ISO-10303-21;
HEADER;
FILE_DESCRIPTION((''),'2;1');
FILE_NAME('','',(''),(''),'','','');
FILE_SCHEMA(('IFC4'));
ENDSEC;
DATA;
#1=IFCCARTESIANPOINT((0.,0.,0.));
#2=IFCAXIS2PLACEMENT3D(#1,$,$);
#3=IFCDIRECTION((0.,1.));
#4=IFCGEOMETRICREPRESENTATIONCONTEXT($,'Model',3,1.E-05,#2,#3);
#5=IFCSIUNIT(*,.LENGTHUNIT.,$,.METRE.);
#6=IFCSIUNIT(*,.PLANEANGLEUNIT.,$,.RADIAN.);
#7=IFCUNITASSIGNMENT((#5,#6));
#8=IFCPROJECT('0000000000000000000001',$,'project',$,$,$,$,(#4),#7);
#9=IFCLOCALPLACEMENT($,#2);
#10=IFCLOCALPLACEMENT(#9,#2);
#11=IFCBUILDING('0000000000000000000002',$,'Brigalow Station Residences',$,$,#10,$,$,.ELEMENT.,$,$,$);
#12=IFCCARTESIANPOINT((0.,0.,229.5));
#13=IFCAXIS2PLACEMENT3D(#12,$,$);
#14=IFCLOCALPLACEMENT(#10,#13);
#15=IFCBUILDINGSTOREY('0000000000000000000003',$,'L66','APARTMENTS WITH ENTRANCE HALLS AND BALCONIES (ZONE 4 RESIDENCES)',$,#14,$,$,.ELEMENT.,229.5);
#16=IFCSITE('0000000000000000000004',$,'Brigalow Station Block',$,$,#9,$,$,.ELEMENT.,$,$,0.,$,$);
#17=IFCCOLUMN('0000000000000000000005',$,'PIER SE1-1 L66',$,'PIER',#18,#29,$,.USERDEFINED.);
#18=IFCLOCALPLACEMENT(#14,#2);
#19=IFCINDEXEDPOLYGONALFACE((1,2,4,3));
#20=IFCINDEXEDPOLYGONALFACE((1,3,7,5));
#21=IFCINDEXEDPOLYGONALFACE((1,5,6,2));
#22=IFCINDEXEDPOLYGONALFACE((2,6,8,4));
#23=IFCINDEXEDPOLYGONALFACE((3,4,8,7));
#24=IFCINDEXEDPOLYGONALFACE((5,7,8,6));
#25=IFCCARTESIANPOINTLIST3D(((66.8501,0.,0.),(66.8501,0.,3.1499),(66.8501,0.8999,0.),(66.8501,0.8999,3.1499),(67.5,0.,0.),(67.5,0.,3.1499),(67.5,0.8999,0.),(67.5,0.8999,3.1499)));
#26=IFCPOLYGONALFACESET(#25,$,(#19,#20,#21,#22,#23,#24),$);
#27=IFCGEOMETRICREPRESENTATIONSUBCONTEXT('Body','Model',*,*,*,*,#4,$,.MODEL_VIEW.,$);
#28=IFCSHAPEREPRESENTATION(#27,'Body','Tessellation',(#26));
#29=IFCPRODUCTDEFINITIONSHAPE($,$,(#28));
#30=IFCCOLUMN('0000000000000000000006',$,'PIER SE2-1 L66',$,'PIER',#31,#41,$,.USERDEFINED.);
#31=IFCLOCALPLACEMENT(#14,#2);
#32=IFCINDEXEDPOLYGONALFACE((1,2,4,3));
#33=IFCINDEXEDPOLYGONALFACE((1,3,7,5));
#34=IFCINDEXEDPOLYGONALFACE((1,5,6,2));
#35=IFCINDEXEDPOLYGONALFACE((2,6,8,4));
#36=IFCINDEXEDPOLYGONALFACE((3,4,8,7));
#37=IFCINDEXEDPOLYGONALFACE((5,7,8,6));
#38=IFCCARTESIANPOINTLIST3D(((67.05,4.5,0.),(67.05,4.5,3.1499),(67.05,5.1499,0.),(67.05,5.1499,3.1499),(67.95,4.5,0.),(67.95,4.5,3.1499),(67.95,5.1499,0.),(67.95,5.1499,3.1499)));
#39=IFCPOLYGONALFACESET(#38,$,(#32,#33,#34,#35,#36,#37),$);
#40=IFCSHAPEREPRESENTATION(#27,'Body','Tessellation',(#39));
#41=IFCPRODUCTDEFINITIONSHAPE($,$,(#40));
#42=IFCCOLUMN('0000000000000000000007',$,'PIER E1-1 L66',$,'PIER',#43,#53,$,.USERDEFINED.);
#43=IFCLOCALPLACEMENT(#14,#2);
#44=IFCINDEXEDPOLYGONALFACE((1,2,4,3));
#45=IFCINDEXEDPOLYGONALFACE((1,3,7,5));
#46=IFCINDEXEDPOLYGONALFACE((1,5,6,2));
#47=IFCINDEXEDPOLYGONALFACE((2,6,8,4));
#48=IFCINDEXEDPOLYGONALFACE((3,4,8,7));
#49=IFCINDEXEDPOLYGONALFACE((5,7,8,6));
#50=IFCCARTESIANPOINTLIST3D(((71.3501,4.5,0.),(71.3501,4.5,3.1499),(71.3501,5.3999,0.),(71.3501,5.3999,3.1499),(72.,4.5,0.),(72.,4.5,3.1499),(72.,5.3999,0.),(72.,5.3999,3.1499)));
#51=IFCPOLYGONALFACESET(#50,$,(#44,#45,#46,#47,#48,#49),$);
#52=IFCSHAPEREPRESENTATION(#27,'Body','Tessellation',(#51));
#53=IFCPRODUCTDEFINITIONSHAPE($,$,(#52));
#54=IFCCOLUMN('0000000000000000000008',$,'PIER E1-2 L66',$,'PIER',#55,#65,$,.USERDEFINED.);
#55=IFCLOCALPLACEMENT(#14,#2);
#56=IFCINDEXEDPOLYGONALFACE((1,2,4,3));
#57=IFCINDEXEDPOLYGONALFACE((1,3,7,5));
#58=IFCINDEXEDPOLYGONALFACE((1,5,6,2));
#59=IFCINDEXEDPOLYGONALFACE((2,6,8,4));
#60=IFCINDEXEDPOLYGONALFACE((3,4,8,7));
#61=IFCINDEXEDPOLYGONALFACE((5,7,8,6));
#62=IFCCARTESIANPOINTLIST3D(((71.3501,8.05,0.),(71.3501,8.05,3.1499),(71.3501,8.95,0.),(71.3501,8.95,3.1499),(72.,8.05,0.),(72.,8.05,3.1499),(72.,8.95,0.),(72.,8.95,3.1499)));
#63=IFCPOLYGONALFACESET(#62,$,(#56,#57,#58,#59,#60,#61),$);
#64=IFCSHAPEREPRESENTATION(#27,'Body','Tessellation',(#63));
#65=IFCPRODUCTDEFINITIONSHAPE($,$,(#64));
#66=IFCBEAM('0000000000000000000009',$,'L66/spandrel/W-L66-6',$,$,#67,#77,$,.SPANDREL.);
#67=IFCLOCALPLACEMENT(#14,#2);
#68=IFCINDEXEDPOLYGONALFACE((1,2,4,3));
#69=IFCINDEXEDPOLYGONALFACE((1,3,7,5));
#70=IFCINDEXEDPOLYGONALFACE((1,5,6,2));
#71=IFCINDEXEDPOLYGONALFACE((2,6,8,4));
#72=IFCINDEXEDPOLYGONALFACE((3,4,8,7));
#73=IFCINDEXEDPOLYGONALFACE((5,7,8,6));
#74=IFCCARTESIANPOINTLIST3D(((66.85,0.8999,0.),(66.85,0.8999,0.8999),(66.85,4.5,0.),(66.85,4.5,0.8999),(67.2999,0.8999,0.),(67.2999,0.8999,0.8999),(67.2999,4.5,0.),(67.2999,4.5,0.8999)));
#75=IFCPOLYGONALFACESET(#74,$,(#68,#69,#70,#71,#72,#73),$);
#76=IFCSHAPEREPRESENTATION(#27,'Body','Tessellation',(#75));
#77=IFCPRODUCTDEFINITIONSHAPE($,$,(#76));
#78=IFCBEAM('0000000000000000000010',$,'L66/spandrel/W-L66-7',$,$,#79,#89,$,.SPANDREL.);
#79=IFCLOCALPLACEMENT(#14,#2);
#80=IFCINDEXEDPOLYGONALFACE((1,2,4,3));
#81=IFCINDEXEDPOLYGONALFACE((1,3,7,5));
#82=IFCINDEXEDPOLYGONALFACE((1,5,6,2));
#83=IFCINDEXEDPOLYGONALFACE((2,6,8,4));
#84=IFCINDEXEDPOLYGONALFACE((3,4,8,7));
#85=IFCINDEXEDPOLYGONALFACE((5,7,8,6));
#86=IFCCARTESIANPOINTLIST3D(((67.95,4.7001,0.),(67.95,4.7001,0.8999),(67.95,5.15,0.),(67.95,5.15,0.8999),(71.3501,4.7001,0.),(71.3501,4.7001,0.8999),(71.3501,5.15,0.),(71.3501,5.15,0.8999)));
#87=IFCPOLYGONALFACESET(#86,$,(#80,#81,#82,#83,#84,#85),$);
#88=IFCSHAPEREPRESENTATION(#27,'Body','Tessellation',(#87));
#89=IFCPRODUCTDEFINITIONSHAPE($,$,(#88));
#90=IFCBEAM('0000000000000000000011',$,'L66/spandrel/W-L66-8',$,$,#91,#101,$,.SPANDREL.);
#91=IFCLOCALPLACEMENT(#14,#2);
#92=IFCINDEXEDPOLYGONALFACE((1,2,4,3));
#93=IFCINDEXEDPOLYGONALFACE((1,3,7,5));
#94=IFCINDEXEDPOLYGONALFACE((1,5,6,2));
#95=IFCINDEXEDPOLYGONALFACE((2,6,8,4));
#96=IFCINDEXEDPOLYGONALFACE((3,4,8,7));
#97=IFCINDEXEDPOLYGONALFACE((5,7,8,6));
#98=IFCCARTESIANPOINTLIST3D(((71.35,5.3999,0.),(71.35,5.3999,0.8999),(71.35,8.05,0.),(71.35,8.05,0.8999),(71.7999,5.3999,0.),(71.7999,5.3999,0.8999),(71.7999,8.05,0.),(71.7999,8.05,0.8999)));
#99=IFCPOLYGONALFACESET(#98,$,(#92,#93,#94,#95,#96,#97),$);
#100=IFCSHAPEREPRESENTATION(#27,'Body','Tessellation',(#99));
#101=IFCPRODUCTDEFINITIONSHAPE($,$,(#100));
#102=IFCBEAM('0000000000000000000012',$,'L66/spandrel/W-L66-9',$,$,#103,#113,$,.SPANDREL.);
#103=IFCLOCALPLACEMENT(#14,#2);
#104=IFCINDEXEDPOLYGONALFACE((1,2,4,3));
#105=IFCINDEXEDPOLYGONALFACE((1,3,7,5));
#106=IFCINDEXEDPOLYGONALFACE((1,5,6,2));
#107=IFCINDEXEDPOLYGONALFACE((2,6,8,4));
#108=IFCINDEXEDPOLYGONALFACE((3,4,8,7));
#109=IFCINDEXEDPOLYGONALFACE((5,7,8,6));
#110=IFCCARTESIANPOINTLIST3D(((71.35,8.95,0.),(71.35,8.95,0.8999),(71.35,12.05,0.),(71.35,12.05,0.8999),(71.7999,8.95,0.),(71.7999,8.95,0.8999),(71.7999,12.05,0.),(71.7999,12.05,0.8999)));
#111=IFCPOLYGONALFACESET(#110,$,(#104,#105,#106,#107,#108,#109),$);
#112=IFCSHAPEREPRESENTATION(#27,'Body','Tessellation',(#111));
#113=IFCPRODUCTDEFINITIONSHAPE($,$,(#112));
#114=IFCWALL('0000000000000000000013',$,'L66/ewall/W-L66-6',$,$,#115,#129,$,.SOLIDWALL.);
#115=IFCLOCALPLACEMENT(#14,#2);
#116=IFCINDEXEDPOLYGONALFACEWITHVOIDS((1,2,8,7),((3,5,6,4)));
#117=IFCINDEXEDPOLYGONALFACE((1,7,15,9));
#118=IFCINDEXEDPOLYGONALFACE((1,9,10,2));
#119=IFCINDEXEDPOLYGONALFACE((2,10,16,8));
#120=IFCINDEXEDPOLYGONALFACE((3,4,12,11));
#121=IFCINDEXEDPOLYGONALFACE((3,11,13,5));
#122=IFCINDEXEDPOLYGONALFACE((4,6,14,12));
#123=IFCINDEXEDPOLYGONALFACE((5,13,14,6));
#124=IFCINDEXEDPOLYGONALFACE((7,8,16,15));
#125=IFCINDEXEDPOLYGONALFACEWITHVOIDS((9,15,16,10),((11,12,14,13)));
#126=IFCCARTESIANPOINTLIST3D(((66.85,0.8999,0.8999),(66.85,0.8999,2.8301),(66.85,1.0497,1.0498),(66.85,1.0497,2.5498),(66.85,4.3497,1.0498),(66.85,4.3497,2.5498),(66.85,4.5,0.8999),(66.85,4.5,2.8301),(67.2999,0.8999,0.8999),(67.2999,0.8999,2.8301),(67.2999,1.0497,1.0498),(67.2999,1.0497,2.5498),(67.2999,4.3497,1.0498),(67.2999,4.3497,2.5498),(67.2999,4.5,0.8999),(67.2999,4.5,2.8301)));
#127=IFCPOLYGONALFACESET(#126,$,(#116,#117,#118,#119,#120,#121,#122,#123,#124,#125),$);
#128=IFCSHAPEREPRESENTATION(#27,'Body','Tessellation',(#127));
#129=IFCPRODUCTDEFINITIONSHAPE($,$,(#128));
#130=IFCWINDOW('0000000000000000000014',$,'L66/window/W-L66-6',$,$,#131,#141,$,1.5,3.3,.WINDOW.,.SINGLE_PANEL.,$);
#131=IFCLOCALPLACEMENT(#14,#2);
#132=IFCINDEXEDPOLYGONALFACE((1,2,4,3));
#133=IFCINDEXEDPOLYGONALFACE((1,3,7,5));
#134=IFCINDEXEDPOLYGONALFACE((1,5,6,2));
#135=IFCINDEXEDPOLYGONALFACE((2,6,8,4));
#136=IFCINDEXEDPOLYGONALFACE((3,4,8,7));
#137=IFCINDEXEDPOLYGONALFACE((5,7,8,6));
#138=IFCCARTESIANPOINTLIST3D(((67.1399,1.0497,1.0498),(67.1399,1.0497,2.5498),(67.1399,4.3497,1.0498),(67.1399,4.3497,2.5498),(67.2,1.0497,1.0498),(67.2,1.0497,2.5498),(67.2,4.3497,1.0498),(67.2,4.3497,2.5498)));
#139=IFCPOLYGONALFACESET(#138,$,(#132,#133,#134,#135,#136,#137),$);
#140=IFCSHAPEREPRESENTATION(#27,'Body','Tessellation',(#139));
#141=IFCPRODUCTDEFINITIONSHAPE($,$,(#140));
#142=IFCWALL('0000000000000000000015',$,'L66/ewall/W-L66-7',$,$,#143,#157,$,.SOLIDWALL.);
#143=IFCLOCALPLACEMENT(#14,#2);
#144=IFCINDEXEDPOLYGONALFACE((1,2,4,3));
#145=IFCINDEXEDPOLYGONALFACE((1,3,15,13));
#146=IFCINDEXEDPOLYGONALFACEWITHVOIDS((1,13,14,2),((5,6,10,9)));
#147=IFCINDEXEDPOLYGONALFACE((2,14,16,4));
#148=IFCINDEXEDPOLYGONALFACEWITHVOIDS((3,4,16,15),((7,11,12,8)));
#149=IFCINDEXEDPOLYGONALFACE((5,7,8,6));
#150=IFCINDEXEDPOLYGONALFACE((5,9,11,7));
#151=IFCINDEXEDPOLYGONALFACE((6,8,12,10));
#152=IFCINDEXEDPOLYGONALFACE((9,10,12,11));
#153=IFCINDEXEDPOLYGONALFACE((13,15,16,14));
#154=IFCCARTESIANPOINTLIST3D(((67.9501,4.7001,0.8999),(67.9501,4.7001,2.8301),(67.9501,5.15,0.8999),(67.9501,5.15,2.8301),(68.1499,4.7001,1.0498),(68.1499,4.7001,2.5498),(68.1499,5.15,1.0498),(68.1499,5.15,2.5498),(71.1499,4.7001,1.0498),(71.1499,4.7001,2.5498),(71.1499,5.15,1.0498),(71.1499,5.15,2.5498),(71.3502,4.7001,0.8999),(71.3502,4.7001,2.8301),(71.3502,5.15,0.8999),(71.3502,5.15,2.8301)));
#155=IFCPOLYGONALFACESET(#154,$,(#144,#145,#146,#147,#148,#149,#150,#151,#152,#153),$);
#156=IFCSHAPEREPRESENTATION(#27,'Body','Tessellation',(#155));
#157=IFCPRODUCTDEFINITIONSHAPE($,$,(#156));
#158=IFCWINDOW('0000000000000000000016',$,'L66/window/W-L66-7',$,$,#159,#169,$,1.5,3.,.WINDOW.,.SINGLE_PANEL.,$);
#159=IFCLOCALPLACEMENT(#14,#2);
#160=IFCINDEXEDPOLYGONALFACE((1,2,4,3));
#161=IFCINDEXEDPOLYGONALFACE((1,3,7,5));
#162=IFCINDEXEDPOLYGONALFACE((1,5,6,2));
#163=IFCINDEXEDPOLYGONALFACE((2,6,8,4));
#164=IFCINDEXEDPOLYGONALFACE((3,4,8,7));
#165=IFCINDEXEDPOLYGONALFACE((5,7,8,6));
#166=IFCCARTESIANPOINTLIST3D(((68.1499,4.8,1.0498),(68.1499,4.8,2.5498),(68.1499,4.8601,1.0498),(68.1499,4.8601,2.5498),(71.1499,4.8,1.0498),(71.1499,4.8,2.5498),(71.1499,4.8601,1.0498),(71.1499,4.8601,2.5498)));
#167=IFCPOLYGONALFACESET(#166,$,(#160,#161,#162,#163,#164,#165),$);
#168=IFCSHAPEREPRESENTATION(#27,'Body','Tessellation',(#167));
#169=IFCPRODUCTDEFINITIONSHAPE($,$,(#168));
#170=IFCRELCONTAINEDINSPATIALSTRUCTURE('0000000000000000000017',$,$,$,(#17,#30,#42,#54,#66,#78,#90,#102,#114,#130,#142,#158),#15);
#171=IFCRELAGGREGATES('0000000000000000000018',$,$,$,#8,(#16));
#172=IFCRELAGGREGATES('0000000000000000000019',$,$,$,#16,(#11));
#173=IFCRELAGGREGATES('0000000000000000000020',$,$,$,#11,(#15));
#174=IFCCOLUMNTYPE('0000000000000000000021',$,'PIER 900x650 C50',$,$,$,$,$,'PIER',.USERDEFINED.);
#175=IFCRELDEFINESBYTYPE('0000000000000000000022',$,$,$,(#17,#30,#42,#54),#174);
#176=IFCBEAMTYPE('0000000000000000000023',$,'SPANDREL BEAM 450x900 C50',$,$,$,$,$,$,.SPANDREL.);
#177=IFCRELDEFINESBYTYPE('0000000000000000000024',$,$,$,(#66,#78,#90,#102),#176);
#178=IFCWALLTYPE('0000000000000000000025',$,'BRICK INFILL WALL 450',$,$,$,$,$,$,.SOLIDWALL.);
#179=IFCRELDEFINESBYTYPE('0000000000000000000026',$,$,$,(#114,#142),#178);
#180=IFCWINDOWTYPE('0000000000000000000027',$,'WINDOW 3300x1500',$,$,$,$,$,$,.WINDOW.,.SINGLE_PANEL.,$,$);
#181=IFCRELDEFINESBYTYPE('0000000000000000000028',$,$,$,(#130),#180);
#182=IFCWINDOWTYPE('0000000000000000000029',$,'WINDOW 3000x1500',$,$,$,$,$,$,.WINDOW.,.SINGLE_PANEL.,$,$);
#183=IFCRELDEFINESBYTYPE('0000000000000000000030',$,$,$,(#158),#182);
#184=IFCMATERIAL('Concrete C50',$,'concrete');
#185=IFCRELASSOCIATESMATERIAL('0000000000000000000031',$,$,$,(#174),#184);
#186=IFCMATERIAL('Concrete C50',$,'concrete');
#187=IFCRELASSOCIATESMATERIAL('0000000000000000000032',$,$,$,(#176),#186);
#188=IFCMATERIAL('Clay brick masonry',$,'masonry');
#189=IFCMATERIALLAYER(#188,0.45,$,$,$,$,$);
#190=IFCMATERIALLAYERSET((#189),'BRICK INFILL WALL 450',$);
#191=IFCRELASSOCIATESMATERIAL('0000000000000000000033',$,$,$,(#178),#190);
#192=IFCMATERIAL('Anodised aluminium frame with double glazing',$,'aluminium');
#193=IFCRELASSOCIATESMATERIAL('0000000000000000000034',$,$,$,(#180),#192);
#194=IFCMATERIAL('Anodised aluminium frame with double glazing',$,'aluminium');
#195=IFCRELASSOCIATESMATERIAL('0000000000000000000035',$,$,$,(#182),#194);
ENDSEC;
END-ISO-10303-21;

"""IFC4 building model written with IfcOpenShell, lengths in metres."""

from ifc_helpers import new_model, si_unit, direction, frame, frame_2d, origin, origin_2d, place, context, subcontext, project, spatial, rectangle, extrude, material, layer, layer_set, material_profile, profile_set, type_object, element, fill, save


model = new_model("IFC4")

# Units and contexts
model_context = context("Model", 3, precision=1e-05, world=origin(), true_north=direction((0.0, 1.0)))
body_context = subcontext(model_context, "Body", "Model", "MODEL_VIEW")
ifc_project = project(units=[si_unit("LENGTHUNIT", "METRE"), si_unit("PLANEANGLEUNIT", "RADIAN")], contexts=[model_context])

# Site, building, storey
site_placement = place(None, origin())
site = spatial("IfcSite", under=ifc_project, at=site_placement, Name="Brigalow Station Block", CompositionType="ELEMENT", RefElevation=0.0)
building_placement = place(site_placement, origin())
building = spatial("IfcBuilding", under=site, at=building_placement, Name="Brigalow Station Residences", CompositionType="ELEMENT")
storey_placement = place(building_placement, frame((0.0, 0.0, 229.5)))
storey = spatial("IfcBuildingStorey", under=building, at=storey_placement, Name="L66", Description="APARTMENTS WITH ENTRANCE HALLS AND BALCONIES (ZONE 4 RESIDENCES)", CompositionType="ELEMENT", Elevation=229.5)

# Columns
ifc_material_1 = material(Name="Concrete C50", Category="concrete")
ifc_material_profile_1 = material_profile(ifc_material_1, rectangle(XDim=0.8999, YDim=0.6499, at=origin_2d()), Name="RC900x650")
ifc_profile_set_1 = profile_set([ifc_material_profile_1], Name="Concrete C50")
column_type = type_object("IfcColumnType", Name="PIER 900x650 C50", ElementType="PIER", PredefinedType="USERDEFINED", material=ifc_profile_set_1)
for number, where, z_axis, x_axis, name in (
    (1, (67.175, 0.45, 0.0), (0.0, 0.0, 1.0), (0.0, 1.0, 0.0), "PIER SE1-1 L66"),
    (2, (67.5, 4.825, 0.0), (0.0, 0.0, 1.0), (1.0, 0.0, 0.0), "PIER SE2-1 L66"),
    (3, (71.675, 4.95, 0.0), (0.0, 0.0, 1.0), (0.0, 1.0, 0.0), "PIER E1-1 L66"),
    (4, (71.675, 8.5, 0.0), (0.0, 0.0, 1.0), (0.0, 1.0, 0.0), "PIER E1-2 L66"),
):
    element("IfcColumn", number, at=place(storey_placement, frame(where, z_axis=z_axis, x_axis=x_axis)), inside=storey, type_object=column_type, Name=name, ObjectType="PIER", PredefinedType="USERDEFINED", context=body_context, shape_type="SweptSolid", body=[
        extrude(rectangle(XDim=0.8999, YDim=0.6499, at=origin_2d()), origin(), (0.0, 0.0, 1.0), 3.1499),
    ])

# Beams
ifc_material_2 = material(Name="Concrete C50", Category="concrete")
ifc_material_profile_2 = material_profile(ifc_material_2, rectangle(XDim=0.45, YDim=0.8999, at=origin_2d()), Name="RC450x900")
ifc_profile_set_2 = profile_set([ifc_material_profile_2], Name="Concrete C50")
beam_type = type_object("IfcBeamType", Name="SPANDREL BEAM 450x900 C50", PredefinedType="SPANDREL", material=ifc_profile_set_2)
beam_1_placement = place(storey_placement, frame((67.075, 0.8999, 0.45), z_axis=(0.0, 1.0, 0.0), x_axis=(-1.0, 0.0, 0.0)))
element("IfcBeam", 5, at=beam_1_placement, inside=storey, type_object=beam_type, Name="L66/spandrel/W-L66-6", PredefinedType="SPANDREL", context=body_context, shape_type="SweptSolid", body=[
    extrude(rectangle(XDim=0.45, YDim=0.8999, at=origin_2d()), origin(), (0.0, 0.0, 1.0), 3.6001),
])
beam_2_placement = place(storey_placement, frame((67.95, 4.925, 0.45), z_axis=(1.0, 0.0, 0.0), x_axis=(0.0, 1.0, 0.0)))
element("IfcBeam", 6, at=beam_2_placement, inside=storey, type_object=beam_type, Name="L66/spandrel/W-L66-7", PredefinedType="SPANDREL", context=body_context, shape_type="SweptSolid", body=[
    extrude(rectangle(XDim=0.45, YDim=0.8999, at=origin_2d()), origin(), (0.0, 0.0, 1.0), 3.4001),
])
beam_3_placement = place(storey_placement, frame((71.575, 5.3999, 0.45), z_axis=(0.0, 1.0, 0.0), x_axis=(-1.0, 0.0, 0.0)))
element("IfcBeam", 7, at=beam_3_placement, inside=storey, type_object=beam_type, Name="L66/spandrel/W-L66-8", PredefinedType="SPANDREL", context=body_context, shape_type="SweptSolid", body=[
    extrude(rectangle(XDim=0.45, YDim=0.8999, at=origin_2d()), origin(), (0.0, 0.0, 1.0), 2.6501),
])
beam_4_placement = place(storey_placement, frame((71.575, 8.95, 0.45), z_axis=(0.0, 1.0, 0.0), x_axis=(-1.0, 0.0, 0.0)))
element("IfcBeam", 8, at=beam_4_placement, inside=storey, type_object=beam_type, Name="L66/spandrel/W-L66-9", PredefinedType="SPANDREL", context=body_context, shape_type="SweptSolid", body=[
    extrude(rectangle(XDim=0.45, YDim=0.8999, at=origin_2d()), origin(), (0.0, 0.0, 1.0), 3.1001),
])

# Walls, openings, windows
ifc_material_3 = material(Name="Clay brick masonry", Category="masonry")
ifc_layer = layer(ifc_material_3, 0.45)
ifc_layer_set = layer_set([ifc_layer], Name="BRICK INFILL WALL 450")
wall_type = type_object("IfcWallType", Name="BRICK INFILL WALL 450", PredefinedType="SOLIDWALL", material=ifc_layer_set)
wall_1_placement = place(storey_placement, frame((67.075, 0.8999, 0.8999), z_axis=(0.0, 0.0, 1.0), x_axis=(0.0, 1.0, 0.0)))
wall_1 = element("IfcWall", 9, at=wall_1_placement, inside=storey, type_object=wall_type, Name="L66/ewall/W-L66-6", PredefinedType="SOLIDWALL", context=body_context, shape_type="SweptSolid", body=[
    extrude(rectangle(XDim=3.6001, YDim=0.45, at=frame_2d((1.8, 0.0))), origin(), (0.0, 0.0, 1.0), 1.9302),
])
opening_1_placement = place(wall_1_placement, frame((0.1499, 0.0, 0.1499)))
opening_1 = element("IfcOpeningElement", 10, at=opening_1_placement, cuts=wall_1, PredefinedType="OPENING", context=body_context, shape_type="SweptSolid", body=[
    extrude(rectangle(XDim=3.3, YDim=1.5, at=frame_2d((1.6499, 0.75))), frame((0.0, 0.2349, 0.0), z_axis=(0.0, -1.0, 0.0), x_axis=(1.0, 0.0, 0.0)), (0.0, 0.0, 1.0), 0.47),
])
ifc_material_4 = material(Name="Anodised aluminium frame with double glazing", Category="aluminium")
window_type_1 = type_object("IfcWindowType", Name="WINDOW 3300x1500", PartitioningType="SINGLE_PANEL", PredefinedType="WINDOW", material=ifc_material_4)
window_1_placement = place(opening_1_placement, origin())
window_1 = element("IfcWindow", 11, at=window_1_placement, inside=storey, type_object=window_type_1, Name="L66/window/W-L66-6", OverallHeight=1.5, OverallWidth=3.3, PartitioningType="SINGLE_PANEL", PredefinedType="WINDOW", context=body_context, shape_type="SweptSolid", body=[
    extrude(rectangle(XDim=3.3, YDim=1.5, at=frame_2d((1.6499, 0.75))), frame((0.0, -0.0649, 0.0), z_axis=(0.0, -1.0, 0.0), x_axis=(1.0, 0.0, 0.0)), (0.0, 0.0, 1.0), 0.0601),
])
fill(opening_1, window_1)
wall_2_placement = place(storey_placement, frame((67.95, 4.925, 0.8999), z_axis=(0.0, 0.0, 1.0), x_axis=(1.0, 0.0, 0.0)))
wall_2 = element("IfcWall", 12, at=wall_2_placement, inside=storey, type_object=wall_type, Name="L66/ewall/W-L66-7", PredefinedType="SOLIDWALL", context=body_context, shape_type="SweptSolid", body=[
    extrude(rectangle(XDim=3.4001, YDim=0.45, at=frame_2d((1.7002, 0.0))), origin(), (0.0, 0.0, 1.0), 1.9302),
])
opening_2_placement = place(wall_2_placement, frame((0.2, 0.0, 0.1499)))
opening_2 = element("IfcOpeningElement", 13, at=opening_2_placement, cuts=wall_2, PredefinedType="OPENING", context=body_context, shape_type="SweptSolid", body=[
    extrude(rectangle(XDim=3.0, YDim=1.5, at=frame_2d((1.5, 0.75))), frame((0.0, 0.2349, 0.0), z_axis=(0.0, -1.0, 0.0), x_axis=(1.0, 0.0, 0.0)), (0.0, 0.0, 1.0), 0.47),
])
ifc_material_5 = material(Name="Anodised aluminium frame with double glazing", Category="aluminium")
window_type_2 = type_object("IfcWindowType", Name="WINDOW 3000x1500", PartitioningType="SINGLE_PANEL", PredefinedType="WINDOW", material=ifc_material_5)
window_2_placement = place(opening_2_placement, origin())
window_2 = element("IfcWindow", 14, at=window_2_placement, inside=storey, type_object=window_type_2, Name="L66/window/W-L66-7", OverallHeight=1.5, OverallWidth=3.0, PartitioningType="SINGLE_PANEL", PredefinedType="WINDOW", context=body_context, shape_type="SweptSolid", body=[
    extrude(rectangle(XDim=3.0, YDim=1.5, at=frame_2d((1.5, 0.75))), frame((0.0, -0.0649, 0.0), z_axis=(0.0, -1.0, 0.0), x_axis=(1.0, 0.0, 0.0)), (0.0, 0.0, 1.0), 0.0601),
])
fill(opening_2, window_2)

save(model, "model.ifc")
